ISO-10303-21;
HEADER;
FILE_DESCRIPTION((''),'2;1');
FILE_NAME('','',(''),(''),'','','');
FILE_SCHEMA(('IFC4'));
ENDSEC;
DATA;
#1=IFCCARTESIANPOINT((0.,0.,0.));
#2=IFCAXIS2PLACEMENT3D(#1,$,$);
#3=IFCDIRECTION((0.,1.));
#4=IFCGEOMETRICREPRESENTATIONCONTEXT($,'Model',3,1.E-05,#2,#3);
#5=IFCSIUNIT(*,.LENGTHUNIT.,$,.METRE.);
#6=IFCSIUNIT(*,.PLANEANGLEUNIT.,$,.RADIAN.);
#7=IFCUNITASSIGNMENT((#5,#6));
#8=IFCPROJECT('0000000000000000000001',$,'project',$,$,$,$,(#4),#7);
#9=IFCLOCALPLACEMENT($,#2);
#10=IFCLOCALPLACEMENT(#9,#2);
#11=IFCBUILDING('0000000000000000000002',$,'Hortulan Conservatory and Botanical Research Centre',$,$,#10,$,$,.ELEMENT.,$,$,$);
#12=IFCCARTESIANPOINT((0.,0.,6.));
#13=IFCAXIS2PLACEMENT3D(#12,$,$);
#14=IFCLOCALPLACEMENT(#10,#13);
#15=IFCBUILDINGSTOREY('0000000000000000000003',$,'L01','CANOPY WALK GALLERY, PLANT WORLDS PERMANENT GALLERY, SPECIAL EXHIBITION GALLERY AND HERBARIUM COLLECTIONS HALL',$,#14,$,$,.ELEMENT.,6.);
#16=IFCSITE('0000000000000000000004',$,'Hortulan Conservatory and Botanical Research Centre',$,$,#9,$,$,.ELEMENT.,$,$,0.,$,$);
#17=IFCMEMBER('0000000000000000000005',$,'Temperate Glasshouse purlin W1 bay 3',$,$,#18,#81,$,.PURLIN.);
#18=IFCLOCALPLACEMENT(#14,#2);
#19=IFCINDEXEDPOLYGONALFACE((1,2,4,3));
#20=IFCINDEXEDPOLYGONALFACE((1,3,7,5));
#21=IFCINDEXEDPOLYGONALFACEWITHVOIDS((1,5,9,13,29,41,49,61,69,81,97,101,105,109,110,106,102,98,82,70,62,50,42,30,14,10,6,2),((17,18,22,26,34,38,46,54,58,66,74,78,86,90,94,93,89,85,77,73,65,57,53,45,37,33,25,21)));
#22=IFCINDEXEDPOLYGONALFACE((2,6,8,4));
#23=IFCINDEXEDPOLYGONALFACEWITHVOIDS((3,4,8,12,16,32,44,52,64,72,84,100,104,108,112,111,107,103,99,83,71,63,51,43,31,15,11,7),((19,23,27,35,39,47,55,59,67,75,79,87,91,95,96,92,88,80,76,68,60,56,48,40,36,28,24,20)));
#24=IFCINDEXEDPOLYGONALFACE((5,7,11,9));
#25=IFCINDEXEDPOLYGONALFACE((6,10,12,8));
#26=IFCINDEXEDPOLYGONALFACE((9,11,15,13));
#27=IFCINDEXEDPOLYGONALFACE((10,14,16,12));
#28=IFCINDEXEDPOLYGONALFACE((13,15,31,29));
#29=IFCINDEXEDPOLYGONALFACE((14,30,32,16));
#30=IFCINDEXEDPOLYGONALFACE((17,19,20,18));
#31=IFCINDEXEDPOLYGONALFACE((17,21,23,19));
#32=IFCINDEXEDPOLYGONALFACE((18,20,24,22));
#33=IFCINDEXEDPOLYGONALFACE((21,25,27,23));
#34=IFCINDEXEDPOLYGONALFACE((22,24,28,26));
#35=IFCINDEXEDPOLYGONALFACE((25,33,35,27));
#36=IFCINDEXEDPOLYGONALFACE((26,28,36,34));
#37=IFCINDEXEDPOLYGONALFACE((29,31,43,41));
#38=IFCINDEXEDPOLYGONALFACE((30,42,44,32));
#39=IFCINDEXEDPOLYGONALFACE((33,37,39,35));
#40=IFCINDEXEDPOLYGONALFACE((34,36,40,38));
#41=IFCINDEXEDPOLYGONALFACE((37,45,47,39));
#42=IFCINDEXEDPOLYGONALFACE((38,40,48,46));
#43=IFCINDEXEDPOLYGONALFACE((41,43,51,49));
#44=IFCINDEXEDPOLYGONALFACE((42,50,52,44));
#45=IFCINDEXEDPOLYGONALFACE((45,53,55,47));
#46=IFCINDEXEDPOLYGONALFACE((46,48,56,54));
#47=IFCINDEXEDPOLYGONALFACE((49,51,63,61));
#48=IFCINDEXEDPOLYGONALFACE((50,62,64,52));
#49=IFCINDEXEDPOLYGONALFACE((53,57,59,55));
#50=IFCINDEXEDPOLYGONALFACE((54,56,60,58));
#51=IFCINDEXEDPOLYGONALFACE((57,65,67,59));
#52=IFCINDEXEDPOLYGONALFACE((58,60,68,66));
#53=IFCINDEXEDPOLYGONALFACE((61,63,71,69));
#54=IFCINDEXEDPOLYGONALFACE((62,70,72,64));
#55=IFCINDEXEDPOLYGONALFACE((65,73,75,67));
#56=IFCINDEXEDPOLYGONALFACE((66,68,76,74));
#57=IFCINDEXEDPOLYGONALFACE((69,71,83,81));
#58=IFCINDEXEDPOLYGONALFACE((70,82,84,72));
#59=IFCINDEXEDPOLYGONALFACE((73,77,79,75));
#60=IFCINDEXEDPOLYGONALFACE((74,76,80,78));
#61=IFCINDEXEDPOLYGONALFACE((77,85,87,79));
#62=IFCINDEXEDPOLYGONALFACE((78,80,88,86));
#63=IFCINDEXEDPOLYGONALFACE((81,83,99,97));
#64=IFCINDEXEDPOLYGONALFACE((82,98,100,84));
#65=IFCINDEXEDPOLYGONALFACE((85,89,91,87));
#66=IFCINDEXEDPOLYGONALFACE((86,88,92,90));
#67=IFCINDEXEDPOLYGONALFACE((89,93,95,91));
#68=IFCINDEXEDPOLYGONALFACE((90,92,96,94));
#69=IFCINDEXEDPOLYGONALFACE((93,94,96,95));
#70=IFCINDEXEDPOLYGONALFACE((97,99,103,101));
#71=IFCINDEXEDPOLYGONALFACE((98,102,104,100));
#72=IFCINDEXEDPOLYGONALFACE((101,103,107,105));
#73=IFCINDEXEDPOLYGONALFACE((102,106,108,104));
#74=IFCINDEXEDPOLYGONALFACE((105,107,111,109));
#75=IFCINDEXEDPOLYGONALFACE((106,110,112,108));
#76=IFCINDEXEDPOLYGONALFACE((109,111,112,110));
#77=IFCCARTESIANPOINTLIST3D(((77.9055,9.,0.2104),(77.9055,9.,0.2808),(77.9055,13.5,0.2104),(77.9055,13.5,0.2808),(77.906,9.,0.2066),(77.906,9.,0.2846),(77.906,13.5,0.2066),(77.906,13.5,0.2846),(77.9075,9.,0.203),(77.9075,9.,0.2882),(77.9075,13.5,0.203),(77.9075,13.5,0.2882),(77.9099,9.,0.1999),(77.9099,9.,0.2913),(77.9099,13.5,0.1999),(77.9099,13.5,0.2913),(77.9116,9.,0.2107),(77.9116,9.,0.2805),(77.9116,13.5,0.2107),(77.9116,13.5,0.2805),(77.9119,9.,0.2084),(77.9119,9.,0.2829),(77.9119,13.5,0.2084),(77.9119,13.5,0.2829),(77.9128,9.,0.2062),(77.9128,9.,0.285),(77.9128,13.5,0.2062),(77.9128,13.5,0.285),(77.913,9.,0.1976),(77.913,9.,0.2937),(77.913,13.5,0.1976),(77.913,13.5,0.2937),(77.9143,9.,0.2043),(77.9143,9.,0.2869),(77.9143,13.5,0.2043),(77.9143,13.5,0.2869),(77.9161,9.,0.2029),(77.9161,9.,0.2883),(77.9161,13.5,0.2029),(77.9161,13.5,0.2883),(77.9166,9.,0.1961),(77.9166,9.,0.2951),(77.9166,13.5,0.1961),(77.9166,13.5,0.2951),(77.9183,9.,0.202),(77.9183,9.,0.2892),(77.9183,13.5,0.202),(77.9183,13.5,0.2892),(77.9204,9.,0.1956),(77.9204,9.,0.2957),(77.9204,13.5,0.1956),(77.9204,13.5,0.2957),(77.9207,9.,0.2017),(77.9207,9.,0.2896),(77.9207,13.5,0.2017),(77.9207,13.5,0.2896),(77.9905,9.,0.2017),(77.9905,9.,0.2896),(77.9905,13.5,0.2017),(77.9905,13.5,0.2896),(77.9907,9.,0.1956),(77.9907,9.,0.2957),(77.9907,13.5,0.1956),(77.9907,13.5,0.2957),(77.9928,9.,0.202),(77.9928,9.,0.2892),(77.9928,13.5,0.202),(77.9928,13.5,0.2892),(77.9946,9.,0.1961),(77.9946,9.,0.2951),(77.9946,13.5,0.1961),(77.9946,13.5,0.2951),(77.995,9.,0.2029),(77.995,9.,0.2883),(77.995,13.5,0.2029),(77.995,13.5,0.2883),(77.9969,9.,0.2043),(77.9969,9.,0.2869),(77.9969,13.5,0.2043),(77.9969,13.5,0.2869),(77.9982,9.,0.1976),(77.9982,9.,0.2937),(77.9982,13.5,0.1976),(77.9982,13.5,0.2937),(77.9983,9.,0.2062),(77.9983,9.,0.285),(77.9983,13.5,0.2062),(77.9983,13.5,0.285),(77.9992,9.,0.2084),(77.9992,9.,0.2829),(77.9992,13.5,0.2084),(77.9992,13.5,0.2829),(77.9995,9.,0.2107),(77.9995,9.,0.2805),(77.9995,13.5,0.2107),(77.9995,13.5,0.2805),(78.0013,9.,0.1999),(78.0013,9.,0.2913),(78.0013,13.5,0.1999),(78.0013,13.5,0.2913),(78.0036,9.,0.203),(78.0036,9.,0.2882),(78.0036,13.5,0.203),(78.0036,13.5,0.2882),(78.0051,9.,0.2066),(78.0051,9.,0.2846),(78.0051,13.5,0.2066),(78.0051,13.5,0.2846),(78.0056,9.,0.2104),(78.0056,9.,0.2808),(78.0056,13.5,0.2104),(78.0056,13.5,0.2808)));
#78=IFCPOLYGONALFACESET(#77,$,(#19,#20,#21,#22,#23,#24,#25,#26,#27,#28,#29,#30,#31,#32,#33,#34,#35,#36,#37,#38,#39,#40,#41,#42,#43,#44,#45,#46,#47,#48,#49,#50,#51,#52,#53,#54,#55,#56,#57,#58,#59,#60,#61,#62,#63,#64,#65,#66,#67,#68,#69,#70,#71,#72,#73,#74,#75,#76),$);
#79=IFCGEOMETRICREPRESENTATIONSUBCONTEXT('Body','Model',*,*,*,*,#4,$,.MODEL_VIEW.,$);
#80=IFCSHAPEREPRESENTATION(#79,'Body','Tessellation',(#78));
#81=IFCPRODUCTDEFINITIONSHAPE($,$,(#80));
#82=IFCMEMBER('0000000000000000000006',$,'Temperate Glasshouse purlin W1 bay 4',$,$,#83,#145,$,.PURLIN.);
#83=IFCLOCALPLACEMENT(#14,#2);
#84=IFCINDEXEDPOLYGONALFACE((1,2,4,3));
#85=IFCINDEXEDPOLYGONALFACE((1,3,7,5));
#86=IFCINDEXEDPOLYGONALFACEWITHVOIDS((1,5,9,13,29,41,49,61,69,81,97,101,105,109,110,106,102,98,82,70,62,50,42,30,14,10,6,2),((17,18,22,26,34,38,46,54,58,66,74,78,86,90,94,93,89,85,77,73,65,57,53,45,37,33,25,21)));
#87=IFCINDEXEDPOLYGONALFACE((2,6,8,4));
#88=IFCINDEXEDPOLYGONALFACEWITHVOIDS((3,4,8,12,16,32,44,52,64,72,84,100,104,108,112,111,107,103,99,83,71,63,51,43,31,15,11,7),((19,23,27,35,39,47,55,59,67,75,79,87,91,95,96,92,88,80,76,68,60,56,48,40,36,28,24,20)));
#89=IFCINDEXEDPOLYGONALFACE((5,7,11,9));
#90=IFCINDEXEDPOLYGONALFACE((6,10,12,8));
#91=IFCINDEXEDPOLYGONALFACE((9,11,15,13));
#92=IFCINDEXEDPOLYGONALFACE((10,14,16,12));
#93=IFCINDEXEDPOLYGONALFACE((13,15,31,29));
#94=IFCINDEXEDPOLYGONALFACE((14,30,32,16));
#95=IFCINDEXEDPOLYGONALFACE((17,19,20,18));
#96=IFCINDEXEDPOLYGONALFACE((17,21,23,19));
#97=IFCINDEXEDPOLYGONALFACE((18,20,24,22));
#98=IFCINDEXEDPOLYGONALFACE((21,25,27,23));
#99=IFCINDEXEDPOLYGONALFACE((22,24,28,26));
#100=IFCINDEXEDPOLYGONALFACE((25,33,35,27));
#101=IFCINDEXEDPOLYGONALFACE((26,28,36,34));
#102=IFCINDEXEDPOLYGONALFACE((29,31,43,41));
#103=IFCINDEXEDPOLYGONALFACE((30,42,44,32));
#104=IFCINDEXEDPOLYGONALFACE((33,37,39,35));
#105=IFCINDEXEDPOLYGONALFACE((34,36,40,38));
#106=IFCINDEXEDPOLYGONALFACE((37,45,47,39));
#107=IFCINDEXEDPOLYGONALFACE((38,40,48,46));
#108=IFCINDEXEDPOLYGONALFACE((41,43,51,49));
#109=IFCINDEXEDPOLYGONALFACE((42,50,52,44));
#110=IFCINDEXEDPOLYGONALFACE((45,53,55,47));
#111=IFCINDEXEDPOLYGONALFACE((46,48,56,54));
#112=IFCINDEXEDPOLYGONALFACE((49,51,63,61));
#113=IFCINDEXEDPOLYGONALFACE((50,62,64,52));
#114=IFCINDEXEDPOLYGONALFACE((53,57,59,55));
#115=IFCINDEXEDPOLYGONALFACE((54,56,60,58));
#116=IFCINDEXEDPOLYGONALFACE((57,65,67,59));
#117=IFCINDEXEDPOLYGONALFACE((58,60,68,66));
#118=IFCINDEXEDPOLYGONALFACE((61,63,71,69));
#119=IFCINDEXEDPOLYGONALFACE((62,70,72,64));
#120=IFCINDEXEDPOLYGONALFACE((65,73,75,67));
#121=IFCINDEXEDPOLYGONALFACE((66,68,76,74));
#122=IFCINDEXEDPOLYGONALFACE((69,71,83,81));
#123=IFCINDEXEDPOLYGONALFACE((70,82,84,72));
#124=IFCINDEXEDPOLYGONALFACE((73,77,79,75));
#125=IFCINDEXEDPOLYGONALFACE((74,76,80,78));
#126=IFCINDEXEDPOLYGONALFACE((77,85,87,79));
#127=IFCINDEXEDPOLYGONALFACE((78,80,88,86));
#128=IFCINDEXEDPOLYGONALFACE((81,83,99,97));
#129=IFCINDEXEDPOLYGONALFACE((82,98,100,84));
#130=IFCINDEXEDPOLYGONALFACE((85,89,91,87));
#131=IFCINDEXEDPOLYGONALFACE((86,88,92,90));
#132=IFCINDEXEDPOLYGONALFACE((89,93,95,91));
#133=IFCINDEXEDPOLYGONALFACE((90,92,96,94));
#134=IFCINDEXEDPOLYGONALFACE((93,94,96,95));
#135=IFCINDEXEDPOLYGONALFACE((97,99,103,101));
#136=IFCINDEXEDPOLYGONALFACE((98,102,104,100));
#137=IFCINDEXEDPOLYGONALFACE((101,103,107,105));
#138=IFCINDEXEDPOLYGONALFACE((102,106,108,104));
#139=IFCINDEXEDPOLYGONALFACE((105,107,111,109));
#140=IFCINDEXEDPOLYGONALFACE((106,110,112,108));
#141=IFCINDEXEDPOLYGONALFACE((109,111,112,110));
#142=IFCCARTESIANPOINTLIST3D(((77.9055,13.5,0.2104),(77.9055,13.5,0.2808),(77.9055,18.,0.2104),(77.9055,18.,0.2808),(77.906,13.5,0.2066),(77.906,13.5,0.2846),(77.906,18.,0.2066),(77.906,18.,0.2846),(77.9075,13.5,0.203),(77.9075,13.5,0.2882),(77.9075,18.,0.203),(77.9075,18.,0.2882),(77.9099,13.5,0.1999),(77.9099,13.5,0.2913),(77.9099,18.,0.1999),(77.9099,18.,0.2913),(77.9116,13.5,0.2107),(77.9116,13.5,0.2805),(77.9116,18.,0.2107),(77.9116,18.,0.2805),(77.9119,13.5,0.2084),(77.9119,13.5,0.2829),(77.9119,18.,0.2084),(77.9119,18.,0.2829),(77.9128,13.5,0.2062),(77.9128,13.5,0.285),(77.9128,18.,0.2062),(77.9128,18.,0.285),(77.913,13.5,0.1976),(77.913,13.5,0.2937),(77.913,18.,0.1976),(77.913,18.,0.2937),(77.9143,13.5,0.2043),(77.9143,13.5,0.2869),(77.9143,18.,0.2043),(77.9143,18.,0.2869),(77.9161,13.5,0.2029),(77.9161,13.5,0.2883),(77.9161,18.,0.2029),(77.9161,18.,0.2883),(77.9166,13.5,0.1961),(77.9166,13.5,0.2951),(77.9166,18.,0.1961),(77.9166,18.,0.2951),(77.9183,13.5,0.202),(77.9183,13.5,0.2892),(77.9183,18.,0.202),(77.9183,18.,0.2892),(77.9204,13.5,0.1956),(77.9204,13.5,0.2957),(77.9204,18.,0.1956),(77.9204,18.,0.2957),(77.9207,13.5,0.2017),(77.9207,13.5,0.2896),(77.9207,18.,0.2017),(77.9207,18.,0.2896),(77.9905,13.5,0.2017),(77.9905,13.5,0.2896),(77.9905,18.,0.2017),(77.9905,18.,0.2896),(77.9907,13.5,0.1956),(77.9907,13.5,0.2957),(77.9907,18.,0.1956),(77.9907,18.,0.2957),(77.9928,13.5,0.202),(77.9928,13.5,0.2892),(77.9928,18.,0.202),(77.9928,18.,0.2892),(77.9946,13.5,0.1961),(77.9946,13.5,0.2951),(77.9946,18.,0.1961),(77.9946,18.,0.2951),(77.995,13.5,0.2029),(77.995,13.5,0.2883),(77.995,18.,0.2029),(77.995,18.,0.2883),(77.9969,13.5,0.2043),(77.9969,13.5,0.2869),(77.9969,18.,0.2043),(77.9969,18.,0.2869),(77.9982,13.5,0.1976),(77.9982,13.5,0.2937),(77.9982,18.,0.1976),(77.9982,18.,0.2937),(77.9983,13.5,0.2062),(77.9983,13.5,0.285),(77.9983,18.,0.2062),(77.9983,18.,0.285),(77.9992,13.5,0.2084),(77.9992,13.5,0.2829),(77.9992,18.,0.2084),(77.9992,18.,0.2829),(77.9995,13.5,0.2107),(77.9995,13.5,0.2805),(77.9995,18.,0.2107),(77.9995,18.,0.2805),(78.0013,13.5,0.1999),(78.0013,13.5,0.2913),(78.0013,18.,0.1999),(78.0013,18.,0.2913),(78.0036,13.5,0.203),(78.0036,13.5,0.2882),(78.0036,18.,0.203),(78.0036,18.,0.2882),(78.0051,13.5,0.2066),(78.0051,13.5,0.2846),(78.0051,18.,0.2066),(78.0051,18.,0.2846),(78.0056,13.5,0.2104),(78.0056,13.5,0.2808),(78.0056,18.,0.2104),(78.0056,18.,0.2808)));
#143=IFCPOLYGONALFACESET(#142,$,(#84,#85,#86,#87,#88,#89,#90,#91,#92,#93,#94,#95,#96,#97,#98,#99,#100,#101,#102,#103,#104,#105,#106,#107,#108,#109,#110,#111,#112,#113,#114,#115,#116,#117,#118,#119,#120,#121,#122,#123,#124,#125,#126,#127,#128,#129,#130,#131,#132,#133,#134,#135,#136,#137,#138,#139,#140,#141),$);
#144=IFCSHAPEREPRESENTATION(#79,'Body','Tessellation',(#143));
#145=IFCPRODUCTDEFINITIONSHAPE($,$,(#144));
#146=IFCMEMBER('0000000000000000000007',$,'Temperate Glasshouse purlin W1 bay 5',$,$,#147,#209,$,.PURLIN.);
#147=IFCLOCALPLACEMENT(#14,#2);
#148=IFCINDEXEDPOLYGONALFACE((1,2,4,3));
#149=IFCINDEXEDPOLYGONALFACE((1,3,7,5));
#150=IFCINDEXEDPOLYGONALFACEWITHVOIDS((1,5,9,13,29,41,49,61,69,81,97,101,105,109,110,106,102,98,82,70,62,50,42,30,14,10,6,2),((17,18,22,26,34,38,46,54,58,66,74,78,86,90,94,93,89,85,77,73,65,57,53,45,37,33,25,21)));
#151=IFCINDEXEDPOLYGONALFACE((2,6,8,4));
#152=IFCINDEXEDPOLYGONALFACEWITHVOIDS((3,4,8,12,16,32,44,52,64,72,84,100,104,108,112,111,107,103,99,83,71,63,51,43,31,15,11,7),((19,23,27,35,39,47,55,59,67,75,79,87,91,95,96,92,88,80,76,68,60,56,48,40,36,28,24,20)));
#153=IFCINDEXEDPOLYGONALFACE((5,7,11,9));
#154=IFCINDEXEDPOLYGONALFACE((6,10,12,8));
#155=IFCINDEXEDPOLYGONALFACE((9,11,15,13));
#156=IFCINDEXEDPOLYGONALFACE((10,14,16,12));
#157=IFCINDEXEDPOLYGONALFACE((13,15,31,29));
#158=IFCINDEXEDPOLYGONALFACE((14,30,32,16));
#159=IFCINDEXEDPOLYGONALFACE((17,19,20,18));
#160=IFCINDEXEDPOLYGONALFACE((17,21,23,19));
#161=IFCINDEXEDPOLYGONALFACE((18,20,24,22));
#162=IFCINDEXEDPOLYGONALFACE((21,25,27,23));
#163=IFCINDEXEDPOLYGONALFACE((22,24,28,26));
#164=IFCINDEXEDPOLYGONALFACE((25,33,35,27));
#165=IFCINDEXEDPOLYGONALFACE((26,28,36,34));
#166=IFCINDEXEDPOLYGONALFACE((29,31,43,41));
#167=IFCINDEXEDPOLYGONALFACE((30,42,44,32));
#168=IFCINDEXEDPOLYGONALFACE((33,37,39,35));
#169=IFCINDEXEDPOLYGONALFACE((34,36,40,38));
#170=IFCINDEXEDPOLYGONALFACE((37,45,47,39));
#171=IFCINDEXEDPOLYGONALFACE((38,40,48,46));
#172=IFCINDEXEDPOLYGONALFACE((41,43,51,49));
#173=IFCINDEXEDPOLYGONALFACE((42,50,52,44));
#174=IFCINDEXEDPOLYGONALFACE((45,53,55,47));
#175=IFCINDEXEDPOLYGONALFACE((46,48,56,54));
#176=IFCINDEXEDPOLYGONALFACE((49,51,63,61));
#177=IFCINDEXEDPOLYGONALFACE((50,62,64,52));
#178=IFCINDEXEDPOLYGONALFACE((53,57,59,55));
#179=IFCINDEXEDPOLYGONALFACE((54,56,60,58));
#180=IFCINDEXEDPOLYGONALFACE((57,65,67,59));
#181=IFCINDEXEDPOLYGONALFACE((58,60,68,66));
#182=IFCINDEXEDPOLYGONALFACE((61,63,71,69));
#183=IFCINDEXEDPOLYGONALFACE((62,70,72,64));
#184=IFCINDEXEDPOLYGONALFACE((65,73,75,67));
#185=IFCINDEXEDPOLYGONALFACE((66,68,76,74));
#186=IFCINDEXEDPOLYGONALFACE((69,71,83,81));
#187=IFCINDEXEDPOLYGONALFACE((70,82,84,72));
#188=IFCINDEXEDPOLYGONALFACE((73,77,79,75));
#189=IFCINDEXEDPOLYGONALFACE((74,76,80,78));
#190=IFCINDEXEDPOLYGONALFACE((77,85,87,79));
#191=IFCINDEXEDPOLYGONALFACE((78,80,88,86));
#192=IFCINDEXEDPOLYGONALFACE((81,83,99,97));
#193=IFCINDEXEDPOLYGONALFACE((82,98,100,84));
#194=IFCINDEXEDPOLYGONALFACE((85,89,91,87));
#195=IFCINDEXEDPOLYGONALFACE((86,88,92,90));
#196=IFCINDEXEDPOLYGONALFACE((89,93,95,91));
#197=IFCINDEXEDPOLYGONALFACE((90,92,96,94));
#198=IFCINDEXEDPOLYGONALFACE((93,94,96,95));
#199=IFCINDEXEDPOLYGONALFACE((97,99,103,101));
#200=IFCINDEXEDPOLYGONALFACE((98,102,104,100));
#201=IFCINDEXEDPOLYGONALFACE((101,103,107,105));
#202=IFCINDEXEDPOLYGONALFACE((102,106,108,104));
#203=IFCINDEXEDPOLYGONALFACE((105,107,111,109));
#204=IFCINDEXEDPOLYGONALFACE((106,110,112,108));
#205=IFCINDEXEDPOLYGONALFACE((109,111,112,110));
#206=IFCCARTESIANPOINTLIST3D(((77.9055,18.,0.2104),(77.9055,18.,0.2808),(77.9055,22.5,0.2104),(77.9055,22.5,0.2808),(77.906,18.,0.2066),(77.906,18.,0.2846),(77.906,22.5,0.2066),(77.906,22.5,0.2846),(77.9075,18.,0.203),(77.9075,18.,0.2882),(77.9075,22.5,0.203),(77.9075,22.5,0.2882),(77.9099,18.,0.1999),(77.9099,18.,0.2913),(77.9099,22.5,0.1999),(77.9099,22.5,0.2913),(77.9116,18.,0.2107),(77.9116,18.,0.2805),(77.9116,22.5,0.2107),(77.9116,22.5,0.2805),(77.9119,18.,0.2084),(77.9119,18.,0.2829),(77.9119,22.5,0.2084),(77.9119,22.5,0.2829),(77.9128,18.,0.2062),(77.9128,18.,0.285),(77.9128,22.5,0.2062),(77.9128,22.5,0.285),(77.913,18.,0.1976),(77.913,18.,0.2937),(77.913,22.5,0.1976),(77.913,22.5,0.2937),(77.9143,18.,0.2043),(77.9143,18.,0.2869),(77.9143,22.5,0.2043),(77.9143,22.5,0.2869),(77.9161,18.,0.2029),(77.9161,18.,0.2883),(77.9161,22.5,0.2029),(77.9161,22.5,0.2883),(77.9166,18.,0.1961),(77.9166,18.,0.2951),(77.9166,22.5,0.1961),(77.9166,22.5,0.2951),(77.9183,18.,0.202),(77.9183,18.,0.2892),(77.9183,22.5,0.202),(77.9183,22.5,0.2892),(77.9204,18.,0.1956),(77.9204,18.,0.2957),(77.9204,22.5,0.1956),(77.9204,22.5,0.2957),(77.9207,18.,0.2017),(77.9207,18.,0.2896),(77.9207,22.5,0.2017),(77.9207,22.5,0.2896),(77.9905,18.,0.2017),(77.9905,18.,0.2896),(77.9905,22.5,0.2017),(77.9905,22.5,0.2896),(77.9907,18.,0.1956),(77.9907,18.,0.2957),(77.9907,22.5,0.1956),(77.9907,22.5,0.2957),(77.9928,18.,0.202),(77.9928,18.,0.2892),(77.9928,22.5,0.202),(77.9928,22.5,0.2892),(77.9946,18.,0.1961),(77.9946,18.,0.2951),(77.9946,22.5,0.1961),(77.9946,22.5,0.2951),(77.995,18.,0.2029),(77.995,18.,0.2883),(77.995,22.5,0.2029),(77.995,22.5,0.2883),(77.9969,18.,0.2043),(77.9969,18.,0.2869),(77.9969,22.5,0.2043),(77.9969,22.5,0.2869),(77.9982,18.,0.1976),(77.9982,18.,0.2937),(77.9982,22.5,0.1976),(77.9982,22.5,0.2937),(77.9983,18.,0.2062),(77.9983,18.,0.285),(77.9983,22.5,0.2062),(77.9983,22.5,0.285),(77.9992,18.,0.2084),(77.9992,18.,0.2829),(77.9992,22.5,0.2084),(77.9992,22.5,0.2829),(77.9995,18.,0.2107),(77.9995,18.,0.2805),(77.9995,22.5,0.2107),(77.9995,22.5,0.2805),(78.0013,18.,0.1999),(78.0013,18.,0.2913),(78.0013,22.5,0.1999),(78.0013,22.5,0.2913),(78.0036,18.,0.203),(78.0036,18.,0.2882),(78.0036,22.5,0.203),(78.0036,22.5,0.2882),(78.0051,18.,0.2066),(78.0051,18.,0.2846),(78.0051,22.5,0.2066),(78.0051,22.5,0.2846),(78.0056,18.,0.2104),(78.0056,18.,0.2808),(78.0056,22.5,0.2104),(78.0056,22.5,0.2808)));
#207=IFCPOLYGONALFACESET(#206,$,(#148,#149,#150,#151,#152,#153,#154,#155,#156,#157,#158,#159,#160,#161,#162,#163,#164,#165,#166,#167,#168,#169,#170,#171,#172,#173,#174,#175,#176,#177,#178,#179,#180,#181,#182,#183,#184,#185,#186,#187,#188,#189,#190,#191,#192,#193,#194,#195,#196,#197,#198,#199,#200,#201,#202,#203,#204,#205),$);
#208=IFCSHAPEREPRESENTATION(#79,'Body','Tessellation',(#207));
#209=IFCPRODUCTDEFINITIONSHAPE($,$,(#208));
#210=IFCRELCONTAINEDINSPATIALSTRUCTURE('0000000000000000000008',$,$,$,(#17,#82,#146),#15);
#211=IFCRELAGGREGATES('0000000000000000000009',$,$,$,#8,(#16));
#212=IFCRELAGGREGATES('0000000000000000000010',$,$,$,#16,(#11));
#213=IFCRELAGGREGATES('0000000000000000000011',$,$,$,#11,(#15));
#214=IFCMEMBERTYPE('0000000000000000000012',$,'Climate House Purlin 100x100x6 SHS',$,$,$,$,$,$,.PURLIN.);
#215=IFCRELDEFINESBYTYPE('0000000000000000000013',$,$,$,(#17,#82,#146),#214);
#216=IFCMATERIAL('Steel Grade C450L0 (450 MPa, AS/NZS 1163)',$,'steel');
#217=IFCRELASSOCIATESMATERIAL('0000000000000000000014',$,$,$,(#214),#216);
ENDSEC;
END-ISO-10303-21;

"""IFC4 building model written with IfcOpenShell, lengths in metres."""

from ifc_helpers import new_model, si_unit, direction, frame, origin, origin_2d, place, context, subcontext, project, spatial, hollow_rectangle, extrude, material, material_profile, profile_set, type_object, element, save


model = new_model("IFC4")

# Units and contexts
model_context = context("Model", 3, precision=1e-05, world=origin(), true_north=direction((0.0, 1.0)))
body_context = subcontext(model_context, "Body", "Model", "MODEL_VIEW")
ifc_project = project(units=[si_unit("LENGTHUNIT", "METRE"), si_unit("PLANEANGLEUNIT", "RADIAN")], contexts=[model_context])

# Site, building, storey
site_placement = place(None, origin())
site = spatial("IfcSite", under=ifc_project, at=site_placement, Name="Hortulan Conservatory and Botanical Research Centre", CompositionType="ELEMENT", RefElevation=0.0)
building_placement = place(site_placement, origin())
building = spatial("IfcBuilding", under=site, at=building_placement, Name="Hortulan Conservatory and Botanical Research Centre", CompositionType="ELEMENT")
storey_placement = place(building_placement, frame((0.0, 0.0, 6.0)))
storey = spatial("IfcBuildingStorey", under=building, at=storey_placement, Name="L01", Description="CANOPY WALK GALLERY, PLANT WORLDS PERMANENT GALLERY, SPECIAL EXHIBITION GALLERY AND HERBARIUM COLLECTIONS HALL", CompositionType="ELEMENT", Elevation=6.0)

# Shared definitions
ifc_material_1 = material(Name="Steel Grade C450L0 (450 MPa, AS/NZS 1163)", Category="steel")

# Members
ifc_material_profile_1 = material_profile(ifc_material_1, hollow_rectangle(XDim=0.1001, YDim=0.1001, WallThickness=0.0061, InnerFilletRadius=0.009, OuterFilletRadius=0.0149, at=origin_2d()), Name="100x100x6SHS")
ifc_profile_set_1 = profile_set([ifc_material_profile_1], Name="Steel Grade C450L0 (450 MPa, AS/NZS 1163)")
member_type_1 = type_object("IfcMemberType", Name="Climate House Purlin 100x100x6 SHS", PredefinedType="PURLIN", material=ifc_profile_set_1)
for number, where, z_axis, x_axis, name in (
    (1, (77.9556, 9.0, 0.2456), (0.0, 1.0, 0.0), (-1.0, 0.0, 0.0), "Temperate Glasshouse purlin W1 bay 3"),
    (2, (77.9556, 13.5, 0.2456), (0.0, 1.0, 0.0), (-1.0, 0.0, 0.0), "Temperate Glasshouse purlin W1 bay 4"),
    (3, (77.9556, 18.0, 0.2456), (0.0, 1.0, 0.0), (-1.0, 0.0, 0.0), "Temperate Glasshouse purlin W1 bay 5"),
):
    element("IfcMember", number, at=place(storey_placement, frame(where, z_axis=z_axis, x_axis=x_axis)), inside=storey, type_object=member_type_1, Name=name, PredefinedType="PURLIN", context=body_context, shape_type="SweptSolid", body=[
        extrude(hollow_rectangle(XDim=0.1001, YDim=0.1001, WallThickness=0.0061, InnerFilletRadius=0.009, OuterFilletRadius=0.0149, at=origin_2d()), origin(), (0.0, 0.0, 1.0), 4.5),
    ])

save(model, "model.ifc")
